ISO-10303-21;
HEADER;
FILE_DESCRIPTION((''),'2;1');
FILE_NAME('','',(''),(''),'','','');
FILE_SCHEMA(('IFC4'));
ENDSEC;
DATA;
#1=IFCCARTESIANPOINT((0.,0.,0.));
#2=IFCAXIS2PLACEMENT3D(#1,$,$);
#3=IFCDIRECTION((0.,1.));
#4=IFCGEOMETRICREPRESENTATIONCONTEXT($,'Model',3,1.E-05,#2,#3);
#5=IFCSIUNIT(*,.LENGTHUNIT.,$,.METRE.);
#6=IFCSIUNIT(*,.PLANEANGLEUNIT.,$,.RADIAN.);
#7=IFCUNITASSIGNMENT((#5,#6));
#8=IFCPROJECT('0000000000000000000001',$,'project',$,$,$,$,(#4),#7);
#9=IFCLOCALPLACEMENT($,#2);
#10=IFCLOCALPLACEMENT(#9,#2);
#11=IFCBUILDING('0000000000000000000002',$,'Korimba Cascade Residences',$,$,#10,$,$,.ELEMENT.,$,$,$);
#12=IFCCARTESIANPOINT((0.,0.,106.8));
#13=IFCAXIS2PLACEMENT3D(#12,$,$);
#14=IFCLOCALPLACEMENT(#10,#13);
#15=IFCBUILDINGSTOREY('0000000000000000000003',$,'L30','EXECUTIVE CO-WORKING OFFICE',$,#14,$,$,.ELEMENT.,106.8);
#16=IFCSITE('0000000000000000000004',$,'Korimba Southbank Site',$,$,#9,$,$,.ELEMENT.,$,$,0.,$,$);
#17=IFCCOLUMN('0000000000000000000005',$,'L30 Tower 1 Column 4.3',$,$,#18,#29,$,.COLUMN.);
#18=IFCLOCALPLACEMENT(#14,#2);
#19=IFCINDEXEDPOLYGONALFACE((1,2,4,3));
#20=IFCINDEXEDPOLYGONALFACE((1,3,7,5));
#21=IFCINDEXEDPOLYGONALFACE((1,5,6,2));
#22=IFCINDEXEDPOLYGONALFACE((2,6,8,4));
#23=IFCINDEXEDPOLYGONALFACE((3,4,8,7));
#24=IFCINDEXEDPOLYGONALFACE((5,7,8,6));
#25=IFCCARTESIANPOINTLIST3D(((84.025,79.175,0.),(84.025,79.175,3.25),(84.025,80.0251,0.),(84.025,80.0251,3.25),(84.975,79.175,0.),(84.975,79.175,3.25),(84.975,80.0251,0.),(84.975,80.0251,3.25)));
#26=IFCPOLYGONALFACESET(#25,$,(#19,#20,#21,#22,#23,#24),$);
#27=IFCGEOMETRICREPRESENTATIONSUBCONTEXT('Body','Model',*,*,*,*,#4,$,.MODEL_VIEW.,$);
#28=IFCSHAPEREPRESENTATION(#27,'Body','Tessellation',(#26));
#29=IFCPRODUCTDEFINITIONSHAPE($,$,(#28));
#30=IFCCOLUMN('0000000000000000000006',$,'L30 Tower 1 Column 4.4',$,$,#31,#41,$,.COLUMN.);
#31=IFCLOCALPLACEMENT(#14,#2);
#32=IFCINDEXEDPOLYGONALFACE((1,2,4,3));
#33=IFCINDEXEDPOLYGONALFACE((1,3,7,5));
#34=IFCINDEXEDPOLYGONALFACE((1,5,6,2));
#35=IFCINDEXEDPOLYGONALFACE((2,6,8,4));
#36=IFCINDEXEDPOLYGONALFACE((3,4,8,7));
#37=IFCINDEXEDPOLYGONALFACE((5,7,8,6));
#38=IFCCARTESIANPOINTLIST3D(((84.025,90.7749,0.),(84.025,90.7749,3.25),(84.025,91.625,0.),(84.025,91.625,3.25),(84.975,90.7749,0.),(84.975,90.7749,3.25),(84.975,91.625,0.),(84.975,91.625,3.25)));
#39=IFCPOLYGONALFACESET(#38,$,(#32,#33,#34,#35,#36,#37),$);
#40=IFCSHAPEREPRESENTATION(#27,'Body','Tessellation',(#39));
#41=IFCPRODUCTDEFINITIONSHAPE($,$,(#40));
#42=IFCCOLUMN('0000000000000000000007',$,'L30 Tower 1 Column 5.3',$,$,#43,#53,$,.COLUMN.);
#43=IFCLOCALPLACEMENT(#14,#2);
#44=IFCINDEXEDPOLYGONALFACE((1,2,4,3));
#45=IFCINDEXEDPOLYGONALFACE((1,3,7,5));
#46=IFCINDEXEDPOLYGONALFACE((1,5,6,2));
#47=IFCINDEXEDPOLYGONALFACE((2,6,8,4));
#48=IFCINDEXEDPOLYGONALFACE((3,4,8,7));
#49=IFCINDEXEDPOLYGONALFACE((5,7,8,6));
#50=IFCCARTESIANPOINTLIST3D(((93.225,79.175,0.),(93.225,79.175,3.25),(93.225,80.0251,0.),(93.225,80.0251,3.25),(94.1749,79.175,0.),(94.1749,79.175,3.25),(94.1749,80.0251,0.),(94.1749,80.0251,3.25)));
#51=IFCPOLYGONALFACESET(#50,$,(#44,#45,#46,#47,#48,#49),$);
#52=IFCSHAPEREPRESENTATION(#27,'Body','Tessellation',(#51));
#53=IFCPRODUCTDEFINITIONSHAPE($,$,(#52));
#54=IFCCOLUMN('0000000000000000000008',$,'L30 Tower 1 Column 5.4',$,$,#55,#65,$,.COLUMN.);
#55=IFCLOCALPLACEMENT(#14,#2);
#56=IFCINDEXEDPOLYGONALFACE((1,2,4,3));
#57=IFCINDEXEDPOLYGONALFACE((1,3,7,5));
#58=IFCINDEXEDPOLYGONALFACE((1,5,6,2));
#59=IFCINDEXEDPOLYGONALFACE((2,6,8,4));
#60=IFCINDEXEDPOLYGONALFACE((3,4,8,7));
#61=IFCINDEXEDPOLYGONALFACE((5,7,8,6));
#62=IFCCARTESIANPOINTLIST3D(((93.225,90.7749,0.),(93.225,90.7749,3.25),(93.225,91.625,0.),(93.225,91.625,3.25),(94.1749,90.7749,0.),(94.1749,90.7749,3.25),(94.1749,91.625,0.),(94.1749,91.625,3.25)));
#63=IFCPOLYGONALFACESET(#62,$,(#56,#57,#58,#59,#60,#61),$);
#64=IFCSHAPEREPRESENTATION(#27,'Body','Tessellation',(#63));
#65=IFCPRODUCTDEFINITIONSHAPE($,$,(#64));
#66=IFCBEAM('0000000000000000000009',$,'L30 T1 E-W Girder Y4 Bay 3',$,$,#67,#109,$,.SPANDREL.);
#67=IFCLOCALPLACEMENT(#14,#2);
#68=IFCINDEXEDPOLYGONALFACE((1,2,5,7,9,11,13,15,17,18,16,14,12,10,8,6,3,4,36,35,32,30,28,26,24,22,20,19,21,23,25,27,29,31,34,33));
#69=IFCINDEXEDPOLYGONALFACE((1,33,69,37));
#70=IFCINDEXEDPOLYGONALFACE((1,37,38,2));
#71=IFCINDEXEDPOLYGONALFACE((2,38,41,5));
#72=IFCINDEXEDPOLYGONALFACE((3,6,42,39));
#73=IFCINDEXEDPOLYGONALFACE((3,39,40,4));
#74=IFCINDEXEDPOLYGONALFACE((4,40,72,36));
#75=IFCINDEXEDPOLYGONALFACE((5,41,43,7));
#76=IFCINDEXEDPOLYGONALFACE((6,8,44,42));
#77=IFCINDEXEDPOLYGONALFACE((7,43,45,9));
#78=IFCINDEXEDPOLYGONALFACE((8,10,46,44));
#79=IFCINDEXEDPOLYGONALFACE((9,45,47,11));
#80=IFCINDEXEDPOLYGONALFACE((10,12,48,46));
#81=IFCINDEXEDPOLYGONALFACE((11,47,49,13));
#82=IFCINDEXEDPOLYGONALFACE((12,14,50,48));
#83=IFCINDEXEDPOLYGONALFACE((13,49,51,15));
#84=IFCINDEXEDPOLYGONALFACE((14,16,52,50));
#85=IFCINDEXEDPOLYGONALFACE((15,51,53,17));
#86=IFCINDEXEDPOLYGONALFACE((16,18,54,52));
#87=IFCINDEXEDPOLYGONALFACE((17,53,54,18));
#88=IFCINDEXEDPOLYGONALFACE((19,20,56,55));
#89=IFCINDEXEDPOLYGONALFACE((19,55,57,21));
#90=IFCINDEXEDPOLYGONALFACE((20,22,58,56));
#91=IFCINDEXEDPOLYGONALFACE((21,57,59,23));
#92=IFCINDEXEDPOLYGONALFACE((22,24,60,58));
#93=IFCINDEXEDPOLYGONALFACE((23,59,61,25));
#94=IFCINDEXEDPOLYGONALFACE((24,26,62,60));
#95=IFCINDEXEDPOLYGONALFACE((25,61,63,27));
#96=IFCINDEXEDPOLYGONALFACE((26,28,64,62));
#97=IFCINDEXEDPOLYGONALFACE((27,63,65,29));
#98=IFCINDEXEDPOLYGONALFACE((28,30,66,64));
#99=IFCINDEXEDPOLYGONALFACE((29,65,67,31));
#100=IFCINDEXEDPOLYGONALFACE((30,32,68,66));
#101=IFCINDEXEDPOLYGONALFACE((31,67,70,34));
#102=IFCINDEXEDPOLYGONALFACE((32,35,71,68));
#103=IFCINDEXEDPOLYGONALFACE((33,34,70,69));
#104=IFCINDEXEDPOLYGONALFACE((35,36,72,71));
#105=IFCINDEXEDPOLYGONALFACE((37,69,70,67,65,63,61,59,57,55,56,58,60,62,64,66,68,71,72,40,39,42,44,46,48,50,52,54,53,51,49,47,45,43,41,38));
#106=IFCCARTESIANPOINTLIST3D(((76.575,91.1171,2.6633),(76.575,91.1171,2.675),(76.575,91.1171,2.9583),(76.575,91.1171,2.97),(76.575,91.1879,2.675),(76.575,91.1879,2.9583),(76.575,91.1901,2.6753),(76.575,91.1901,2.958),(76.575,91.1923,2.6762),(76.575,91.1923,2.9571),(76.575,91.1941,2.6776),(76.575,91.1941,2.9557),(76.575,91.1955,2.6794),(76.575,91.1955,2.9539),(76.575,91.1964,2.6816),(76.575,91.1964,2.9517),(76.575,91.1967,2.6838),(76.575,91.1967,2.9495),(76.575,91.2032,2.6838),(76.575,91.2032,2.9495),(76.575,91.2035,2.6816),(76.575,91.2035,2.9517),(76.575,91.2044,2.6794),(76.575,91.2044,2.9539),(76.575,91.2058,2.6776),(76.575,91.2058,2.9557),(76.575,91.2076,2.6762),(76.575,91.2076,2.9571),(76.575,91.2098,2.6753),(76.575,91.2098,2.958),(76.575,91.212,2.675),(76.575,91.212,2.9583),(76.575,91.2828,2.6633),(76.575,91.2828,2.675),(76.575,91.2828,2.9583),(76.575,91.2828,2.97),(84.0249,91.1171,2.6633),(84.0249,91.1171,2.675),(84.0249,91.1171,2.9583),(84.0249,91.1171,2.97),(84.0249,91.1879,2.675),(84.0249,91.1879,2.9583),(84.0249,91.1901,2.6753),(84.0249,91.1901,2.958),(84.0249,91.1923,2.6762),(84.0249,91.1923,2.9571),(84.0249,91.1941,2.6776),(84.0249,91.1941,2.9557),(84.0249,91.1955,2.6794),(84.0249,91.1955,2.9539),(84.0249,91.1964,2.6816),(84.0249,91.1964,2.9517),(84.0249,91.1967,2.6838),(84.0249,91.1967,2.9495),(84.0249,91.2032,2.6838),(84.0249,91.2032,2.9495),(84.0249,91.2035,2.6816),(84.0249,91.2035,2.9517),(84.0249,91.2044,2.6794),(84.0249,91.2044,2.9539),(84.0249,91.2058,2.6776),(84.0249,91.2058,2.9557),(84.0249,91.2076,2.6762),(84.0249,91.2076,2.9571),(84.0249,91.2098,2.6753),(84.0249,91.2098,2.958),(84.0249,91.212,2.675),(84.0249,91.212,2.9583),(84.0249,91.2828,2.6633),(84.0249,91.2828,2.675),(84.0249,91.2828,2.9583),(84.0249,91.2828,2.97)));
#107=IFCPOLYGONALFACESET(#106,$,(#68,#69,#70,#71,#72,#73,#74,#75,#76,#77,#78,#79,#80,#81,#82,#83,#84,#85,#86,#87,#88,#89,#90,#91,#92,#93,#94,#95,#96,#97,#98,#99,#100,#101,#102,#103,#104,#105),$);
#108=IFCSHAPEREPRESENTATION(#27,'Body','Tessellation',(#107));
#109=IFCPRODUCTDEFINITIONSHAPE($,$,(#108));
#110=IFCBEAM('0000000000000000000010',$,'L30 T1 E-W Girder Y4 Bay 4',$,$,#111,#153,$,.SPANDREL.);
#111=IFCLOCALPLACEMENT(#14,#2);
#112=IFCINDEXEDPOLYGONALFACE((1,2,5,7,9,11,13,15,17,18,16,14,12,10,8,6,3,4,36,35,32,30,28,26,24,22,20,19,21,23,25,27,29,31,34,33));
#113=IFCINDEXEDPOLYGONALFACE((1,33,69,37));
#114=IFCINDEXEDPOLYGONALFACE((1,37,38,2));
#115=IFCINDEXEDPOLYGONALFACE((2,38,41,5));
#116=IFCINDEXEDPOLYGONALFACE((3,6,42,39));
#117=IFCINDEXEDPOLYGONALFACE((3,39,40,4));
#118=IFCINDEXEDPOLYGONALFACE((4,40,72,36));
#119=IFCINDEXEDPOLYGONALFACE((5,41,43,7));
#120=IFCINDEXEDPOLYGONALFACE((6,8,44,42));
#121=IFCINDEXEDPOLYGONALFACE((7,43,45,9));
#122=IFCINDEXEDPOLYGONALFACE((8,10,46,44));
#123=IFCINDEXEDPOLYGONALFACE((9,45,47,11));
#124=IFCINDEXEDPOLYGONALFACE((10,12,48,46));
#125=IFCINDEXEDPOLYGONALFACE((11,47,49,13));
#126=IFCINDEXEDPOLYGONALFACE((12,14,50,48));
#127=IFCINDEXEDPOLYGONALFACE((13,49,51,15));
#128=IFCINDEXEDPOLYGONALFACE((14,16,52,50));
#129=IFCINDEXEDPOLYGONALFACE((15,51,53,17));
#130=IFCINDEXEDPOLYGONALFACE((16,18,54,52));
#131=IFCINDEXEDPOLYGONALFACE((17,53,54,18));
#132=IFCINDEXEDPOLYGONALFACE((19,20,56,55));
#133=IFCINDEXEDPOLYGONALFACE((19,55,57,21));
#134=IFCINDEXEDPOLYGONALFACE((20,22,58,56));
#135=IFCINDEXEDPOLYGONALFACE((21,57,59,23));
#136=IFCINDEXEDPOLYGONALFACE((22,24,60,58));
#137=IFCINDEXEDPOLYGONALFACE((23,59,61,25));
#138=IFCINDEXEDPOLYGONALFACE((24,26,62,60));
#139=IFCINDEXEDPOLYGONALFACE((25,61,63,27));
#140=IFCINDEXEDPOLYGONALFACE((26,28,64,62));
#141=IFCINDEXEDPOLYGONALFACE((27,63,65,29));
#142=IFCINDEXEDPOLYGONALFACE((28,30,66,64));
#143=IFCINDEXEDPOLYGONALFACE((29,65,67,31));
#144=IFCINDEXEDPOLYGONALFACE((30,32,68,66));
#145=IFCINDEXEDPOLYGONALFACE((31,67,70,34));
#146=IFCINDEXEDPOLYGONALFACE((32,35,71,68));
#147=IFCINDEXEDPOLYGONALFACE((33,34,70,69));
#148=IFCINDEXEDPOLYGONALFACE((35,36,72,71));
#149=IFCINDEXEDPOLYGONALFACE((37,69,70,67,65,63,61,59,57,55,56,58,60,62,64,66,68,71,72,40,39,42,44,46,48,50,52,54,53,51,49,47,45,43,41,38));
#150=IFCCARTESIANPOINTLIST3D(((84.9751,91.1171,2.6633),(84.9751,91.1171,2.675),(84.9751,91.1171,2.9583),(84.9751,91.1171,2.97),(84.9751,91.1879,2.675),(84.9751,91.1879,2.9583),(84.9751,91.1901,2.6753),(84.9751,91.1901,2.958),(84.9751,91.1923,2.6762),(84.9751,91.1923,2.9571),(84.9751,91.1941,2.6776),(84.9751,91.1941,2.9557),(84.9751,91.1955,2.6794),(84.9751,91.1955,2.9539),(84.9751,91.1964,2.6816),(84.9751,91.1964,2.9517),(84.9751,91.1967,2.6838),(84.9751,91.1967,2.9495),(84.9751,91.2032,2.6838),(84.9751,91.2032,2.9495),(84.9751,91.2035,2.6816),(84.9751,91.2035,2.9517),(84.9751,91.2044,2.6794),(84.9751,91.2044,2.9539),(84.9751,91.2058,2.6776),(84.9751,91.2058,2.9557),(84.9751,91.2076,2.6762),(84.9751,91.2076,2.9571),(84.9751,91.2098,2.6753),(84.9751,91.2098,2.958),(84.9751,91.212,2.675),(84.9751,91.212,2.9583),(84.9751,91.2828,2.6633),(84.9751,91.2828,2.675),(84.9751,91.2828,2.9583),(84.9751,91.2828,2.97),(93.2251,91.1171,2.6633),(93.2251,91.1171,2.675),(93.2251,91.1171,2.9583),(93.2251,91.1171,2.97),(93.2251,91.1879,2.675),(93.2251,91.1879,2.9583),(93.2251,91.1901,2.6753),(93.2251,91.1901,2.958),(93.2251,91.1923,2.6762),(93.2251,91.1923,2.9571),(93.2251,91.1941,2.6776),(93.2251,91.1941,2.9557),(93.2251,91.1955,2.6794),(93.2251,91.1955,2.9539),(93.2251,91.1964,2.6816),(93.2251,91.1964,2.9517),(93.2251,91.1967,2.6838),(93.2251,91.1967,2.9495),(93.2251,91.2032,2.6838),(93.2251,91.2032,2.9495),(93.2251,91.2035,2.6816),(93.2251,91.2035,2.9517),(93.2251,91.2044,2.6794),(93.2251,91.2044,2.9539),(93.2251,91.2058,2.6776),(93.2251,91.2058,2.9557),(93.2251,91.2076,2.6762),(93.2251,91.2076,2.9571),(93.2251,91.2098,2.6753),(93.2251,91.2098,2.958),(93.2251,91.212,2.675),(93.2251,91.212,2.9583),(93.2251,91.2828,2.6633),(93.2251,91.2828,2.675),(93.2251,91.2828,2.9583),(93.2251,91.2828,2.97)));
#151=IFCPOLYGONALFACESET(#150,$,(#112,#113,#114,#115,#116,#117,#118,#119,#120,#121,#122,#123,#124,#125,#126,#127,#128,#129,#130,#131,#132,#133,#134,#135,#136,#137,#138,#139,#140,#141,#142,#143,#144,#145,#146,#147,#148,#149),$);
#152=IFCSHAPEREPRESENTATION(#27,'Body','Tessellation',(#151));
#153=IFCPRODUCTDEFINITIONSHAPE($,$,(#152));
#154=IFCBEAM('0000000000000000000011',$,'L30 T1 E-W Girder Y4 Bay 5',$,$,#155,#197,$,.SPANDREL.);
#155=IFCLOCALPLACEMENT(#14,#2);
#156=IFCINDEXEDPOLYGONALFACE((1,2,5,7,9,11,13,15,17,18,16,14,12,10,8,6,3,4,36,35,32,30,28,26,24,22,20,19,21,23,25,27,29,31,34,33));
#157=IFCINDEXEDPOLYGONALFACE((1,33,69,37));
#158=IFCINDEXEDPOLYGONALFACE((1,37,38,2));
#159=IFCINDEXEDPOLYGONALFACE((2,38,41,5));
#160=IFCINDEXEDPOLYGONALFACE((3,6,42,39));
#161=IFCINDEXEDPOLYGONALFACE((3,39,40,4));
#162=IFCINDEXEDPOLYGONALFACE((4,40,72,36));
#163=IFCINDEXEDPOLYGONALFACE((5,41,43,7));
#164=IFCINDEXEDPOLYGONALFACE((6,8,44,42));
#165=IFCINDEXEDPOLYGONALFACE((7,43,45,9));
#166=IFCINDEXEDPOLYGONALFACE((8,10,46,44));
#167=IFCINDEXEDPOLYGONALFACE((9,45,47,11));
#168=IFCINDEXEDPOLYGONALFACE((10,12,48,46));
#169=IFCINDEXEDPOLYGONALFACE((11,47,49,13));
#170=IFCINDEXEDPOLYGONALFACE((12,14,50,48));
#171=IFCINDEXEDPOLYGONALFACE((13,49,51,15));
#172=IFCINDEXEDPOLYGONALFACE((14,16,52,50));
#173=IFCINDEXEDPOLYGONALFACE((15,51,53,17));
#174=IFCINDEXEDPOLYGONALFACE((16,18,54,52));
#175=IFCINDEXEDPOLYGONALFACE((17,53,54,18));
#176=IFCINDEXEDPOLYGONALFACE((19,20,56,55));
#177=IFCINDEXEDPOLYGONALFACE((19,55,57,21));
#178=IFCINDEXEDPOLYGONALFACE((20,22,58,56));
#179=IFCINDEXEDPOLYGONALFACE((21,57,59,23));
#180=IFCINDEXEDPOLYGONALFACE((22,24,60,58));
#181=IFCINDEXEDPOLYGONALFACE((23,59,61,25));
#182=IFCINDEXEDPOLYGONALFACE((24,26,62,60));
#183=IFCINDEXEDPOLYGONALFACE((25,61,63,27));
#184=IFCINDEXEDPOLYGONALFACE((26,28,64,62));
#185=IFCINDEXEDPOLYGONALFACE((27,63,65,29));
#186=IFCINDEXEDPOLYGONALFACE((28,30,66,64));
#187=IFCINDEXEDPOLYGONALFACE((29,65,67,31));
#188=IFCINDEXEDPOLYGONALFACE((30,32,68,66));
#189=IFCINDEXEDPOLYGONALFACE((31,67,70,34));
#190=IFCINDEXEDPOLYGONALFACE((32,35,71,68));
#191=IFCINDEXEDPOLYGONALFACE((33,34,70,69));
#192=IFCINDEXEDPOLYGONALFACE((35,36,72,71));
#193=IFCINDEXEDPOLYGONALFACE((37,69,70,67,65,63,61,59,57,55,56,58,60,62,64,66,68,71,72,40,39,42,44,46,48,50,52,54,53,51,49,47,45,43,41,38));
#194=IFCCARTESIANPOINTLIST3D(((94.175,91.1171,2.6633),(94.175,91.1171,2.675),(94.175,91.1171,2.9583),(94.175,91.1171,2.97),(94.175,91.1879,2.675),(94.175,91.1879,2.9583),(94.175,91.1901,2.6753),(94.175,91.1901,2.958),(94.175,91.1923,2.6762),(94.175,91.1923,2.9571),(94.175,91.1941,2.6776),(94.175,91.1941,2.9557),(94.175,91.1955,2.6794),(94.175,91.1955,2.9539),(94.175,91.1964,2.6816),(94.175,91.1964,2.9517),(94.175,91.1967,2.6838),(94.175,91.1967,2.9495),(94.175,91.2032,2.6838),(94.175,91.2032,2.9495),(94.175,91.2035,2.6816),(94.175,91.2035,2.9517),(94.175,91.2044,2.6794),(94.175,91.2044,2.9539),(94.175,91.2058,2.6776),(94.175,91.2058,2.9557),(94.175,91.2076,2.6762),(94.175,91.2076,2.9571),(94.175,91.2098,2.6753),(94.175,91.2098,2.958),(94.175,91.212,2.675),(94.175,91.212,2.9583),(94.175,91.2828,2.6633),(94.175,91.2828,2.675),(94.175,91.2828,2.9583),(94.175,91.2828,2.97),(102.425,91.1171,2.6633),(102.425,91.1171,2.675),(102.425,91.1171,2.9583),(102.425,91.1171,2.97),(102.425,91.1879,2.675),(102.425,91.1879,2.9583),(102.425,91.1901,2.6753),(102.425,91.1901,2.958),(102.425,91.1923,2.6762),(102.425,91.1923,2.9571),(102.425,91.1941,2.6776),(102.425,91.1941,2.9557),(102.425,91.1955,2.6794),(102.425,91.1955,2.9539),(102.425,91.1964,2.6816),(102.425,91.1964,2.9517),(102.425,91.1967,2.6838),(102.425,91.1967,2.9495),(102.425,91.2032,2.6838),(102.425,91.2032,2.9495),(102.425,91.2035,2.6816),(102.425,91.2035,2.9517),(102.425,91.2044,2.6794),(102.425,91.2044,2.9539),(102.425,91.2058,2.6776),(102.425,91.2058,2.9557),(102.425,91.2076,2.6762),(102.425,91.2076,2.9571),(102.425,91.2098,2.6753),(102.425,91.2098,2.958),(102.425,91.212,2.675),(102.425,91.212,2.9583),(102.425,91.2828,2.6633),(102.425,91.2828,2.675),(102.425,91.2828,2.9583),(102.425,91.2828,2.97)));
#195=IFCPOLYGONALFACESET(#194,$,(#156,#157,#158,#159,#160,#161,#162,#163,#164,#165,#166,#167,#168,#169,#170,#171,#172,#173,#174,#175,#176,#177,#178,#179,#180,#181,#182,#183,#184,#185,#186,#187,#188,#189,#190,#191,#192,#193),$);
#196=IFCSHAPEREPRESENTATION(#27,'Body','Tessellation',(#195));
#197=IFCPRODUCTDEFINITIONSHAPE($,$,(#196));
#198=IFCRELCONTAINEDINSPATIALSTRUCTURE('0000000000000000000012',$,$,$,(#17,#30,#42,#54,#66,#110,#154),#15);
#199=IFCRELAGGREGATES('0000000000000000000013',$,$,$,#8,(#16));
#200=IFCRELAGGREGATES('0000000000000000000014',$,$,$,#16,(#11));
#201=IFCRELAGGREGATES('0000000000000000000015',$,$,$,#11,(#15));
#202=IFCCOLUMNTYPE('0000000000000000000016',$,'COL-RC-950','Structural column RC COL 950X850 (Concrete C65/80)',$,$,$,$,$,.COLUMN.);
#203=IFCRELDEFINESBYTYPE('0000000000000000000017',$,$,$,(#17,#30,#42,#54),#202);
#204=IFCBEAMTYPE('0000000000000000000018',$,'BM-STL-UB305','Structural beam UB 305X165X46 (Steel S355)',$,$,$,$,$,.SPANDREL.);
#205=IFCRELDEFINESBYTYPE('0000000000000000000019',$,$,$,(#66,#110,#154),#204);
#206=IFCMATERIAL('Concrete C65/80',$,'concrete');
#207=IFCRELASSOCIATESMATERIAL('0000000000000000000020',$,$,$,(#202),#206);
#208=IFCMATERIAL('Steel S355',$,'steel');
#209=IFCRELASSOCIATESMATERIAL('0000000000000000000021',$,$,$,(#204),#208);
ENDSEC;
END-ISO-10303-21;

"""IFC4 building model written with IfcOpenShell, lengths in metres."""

from ifc_helpers import new_model, si_unit, direction, frame, origin, origin_2d, place, context, subcontext, project, spatial, rectangle, i_section, extrude, material, material_profile, profile_set, type_object, element, save


model = new_model("IFC4")

# Units and contexts
model_context = context("Model", 3, precision=1e-05, world=origin(), true_north=direction((0.0, 1.0)))
body_context = subcontext(model_context, "Body", "Model", "MODEL_VIEW")
ifc_project = project(units=[si_unit("LENGTHUNIT", "METRE"), si_unit("PLANEANGLEUNIT", "RADIAN")], contexts=[model_context])

# Site, building, storey
site_placement = place(None, origin())
site = spatial("IfcSite", under=ifc_project, at=site_placement, Name="Korimba Southbank Site", CompositionType="ELEMENT", RefElevation=0.0)
building_placement = place(site_placement, origin())
building = spatial("IfcBuilding", under=site, at=building_placement, Name="Korimba Cascade Residences", CompositionType="ELEMENT")
storey_placement = place(building_placement, frame((0.0, 0.0, 106.8)))
storey = spatial("IfcBuildingStorey", under=building, at=storey_placement, Name="L30", Description="EXECUTIVE CO-WORKING OFFICE", CompositionType="ELEMENT", Elevation=106.8)

# Columns
ifc_material_1 = material(Name="Concrete C65/80", Category="concrete")
ifc_material_profile_1 = material_profile(ifc_material_1, rectangle(XDim=0.95, YDim=0.8501, at=origin_2d()), Name="Concrete C65/80")
ifc_profile_set_1 = profile_set([ifc_material_profile_1], Name="Concrete C65/80")
column_type = type_object("IfcColumnType", Name="COL-RC-950", Description="Structural column RC COL 950X850 (Concrete C65/80)", PredefinedType="COLUMN", material=ifc_profile_set_1)
for number, where, z_axis, x_axis, name in (
    (1, (84.5, 79.6001, 0.0), (0.0, 0.0, 1.0), (1.0, 0.0, 0.0), "L30 Tower 1 Column 4.3"),
    (2, (84.5, 91.2, 0.0), (0.0, 0.0, 1.0), (1.0, 0.0, 0.0), "L30 Tower 1 Column 4.4"),
    (3, (93.7, 79.6001, 0.0), (0.0, 0.0, 1.0), (1.0, 0.0, 0.0), "L30 Tower 1 Column 5.3"),
    (4, (93.7, 91.2, 0.0), (0.0, 0.0, 1.0), (1.0, 0.0, 0.0), "L30 Tower 1 Column 5.4"),
):
    element("IfcColumn", number, at=place(storey_placement, frame(where, z_axis=z_axis, x_axis=x_axis)), inside=storey, type_object=column_type, Name=name, PredefinedType="COLUMN", context=body_context, shape_type="SweptSolid", body=[
        extrude(rectangle(XDim=0.95, YDim=0.8501, at=origin_2d()), origin(), (0.0, 0.0, 1.0), 3.25),
    ])

# Beams
ifc_material_2 = material(Name="Steel S355", Category="steel")
ifc_material_profile_2 = material_profile(ifc_material_2, i_section(OverallWidth=0.1658, OverallDepth=0.3066, WebThickness=0.0066, FlangeThickness=0.0117, FilletRadius=0.0088, at=origin_2d()), Name="Steel S355")
ifc_profile_set_2 = profile_set([ifc_material_profile_2], Name="Steel S355")
beam_type_1 = type_object("IfcBeamType", Name="BM-STL-UB305", Description="Structural beam UB 305X165X46 (Steel S355)", PredefinedType="SPANDREL", material=ifc_profile_set_2)
beam_1_placement = place(storey_placement, frame((76.575, 91.2, 2.8167), z_axis=(1.0, 0.0, 0.0), x_axis=(0.0, 1.0, 0.0)))
element("IfcBeam", 5, at=beam_1_placement, inside=storey, type_object=beam_type_1, Name="L30 T1 E-W Girder Y4 Bay 3", PredefinedType="SPANDREL", context=body_context, shape_type="SweptSolid", body=[
    extrude(i_section(OverallWidth=0.1658, OverallDepth=0.3066, WebThickness=0.0066, FlangeThickness=0.0117, FilletRadius=0.0088, at=origin_2d()), origin(), (0.0, 0.0, 1.0), 7.45),
])
for number, where, z_axis, x_axis, name in (
    (6, (84.9751, 91.2, 2.8167), (1.0, 0.0, 0.0), (0.0, 1.0, 0.0), "L30 T1 E-W Girder Y4 Bay 4"),
    (7, (94.175, 91.2, 2.8167), (1.0, 0.0, 0.0), (0.0, 1.0, 0.0), "L30 T1 E-W Girder Y4 Bay 5"),
):
    element("IfcBeam", number, at=place(storey_placement, frame(where, z_axis=z_axis, x_axis=x_axis)), inside=storey, type_object=beam_type_1, Name=name, PredefinedType="SPANDREL", context=body_context, shape_type="SweptSolid", body=[
        extrude(i_section(OverallWidth=0.1658, OverallDepth=0.3066, WebThickness=0.0066, FlangeThickness=0.0117, FilletRadius=0.0088, at=origin_2d()), origin(), (0.0, 0.0, 1.0), 8.25),
    ])

save(model, "model.ifc")
